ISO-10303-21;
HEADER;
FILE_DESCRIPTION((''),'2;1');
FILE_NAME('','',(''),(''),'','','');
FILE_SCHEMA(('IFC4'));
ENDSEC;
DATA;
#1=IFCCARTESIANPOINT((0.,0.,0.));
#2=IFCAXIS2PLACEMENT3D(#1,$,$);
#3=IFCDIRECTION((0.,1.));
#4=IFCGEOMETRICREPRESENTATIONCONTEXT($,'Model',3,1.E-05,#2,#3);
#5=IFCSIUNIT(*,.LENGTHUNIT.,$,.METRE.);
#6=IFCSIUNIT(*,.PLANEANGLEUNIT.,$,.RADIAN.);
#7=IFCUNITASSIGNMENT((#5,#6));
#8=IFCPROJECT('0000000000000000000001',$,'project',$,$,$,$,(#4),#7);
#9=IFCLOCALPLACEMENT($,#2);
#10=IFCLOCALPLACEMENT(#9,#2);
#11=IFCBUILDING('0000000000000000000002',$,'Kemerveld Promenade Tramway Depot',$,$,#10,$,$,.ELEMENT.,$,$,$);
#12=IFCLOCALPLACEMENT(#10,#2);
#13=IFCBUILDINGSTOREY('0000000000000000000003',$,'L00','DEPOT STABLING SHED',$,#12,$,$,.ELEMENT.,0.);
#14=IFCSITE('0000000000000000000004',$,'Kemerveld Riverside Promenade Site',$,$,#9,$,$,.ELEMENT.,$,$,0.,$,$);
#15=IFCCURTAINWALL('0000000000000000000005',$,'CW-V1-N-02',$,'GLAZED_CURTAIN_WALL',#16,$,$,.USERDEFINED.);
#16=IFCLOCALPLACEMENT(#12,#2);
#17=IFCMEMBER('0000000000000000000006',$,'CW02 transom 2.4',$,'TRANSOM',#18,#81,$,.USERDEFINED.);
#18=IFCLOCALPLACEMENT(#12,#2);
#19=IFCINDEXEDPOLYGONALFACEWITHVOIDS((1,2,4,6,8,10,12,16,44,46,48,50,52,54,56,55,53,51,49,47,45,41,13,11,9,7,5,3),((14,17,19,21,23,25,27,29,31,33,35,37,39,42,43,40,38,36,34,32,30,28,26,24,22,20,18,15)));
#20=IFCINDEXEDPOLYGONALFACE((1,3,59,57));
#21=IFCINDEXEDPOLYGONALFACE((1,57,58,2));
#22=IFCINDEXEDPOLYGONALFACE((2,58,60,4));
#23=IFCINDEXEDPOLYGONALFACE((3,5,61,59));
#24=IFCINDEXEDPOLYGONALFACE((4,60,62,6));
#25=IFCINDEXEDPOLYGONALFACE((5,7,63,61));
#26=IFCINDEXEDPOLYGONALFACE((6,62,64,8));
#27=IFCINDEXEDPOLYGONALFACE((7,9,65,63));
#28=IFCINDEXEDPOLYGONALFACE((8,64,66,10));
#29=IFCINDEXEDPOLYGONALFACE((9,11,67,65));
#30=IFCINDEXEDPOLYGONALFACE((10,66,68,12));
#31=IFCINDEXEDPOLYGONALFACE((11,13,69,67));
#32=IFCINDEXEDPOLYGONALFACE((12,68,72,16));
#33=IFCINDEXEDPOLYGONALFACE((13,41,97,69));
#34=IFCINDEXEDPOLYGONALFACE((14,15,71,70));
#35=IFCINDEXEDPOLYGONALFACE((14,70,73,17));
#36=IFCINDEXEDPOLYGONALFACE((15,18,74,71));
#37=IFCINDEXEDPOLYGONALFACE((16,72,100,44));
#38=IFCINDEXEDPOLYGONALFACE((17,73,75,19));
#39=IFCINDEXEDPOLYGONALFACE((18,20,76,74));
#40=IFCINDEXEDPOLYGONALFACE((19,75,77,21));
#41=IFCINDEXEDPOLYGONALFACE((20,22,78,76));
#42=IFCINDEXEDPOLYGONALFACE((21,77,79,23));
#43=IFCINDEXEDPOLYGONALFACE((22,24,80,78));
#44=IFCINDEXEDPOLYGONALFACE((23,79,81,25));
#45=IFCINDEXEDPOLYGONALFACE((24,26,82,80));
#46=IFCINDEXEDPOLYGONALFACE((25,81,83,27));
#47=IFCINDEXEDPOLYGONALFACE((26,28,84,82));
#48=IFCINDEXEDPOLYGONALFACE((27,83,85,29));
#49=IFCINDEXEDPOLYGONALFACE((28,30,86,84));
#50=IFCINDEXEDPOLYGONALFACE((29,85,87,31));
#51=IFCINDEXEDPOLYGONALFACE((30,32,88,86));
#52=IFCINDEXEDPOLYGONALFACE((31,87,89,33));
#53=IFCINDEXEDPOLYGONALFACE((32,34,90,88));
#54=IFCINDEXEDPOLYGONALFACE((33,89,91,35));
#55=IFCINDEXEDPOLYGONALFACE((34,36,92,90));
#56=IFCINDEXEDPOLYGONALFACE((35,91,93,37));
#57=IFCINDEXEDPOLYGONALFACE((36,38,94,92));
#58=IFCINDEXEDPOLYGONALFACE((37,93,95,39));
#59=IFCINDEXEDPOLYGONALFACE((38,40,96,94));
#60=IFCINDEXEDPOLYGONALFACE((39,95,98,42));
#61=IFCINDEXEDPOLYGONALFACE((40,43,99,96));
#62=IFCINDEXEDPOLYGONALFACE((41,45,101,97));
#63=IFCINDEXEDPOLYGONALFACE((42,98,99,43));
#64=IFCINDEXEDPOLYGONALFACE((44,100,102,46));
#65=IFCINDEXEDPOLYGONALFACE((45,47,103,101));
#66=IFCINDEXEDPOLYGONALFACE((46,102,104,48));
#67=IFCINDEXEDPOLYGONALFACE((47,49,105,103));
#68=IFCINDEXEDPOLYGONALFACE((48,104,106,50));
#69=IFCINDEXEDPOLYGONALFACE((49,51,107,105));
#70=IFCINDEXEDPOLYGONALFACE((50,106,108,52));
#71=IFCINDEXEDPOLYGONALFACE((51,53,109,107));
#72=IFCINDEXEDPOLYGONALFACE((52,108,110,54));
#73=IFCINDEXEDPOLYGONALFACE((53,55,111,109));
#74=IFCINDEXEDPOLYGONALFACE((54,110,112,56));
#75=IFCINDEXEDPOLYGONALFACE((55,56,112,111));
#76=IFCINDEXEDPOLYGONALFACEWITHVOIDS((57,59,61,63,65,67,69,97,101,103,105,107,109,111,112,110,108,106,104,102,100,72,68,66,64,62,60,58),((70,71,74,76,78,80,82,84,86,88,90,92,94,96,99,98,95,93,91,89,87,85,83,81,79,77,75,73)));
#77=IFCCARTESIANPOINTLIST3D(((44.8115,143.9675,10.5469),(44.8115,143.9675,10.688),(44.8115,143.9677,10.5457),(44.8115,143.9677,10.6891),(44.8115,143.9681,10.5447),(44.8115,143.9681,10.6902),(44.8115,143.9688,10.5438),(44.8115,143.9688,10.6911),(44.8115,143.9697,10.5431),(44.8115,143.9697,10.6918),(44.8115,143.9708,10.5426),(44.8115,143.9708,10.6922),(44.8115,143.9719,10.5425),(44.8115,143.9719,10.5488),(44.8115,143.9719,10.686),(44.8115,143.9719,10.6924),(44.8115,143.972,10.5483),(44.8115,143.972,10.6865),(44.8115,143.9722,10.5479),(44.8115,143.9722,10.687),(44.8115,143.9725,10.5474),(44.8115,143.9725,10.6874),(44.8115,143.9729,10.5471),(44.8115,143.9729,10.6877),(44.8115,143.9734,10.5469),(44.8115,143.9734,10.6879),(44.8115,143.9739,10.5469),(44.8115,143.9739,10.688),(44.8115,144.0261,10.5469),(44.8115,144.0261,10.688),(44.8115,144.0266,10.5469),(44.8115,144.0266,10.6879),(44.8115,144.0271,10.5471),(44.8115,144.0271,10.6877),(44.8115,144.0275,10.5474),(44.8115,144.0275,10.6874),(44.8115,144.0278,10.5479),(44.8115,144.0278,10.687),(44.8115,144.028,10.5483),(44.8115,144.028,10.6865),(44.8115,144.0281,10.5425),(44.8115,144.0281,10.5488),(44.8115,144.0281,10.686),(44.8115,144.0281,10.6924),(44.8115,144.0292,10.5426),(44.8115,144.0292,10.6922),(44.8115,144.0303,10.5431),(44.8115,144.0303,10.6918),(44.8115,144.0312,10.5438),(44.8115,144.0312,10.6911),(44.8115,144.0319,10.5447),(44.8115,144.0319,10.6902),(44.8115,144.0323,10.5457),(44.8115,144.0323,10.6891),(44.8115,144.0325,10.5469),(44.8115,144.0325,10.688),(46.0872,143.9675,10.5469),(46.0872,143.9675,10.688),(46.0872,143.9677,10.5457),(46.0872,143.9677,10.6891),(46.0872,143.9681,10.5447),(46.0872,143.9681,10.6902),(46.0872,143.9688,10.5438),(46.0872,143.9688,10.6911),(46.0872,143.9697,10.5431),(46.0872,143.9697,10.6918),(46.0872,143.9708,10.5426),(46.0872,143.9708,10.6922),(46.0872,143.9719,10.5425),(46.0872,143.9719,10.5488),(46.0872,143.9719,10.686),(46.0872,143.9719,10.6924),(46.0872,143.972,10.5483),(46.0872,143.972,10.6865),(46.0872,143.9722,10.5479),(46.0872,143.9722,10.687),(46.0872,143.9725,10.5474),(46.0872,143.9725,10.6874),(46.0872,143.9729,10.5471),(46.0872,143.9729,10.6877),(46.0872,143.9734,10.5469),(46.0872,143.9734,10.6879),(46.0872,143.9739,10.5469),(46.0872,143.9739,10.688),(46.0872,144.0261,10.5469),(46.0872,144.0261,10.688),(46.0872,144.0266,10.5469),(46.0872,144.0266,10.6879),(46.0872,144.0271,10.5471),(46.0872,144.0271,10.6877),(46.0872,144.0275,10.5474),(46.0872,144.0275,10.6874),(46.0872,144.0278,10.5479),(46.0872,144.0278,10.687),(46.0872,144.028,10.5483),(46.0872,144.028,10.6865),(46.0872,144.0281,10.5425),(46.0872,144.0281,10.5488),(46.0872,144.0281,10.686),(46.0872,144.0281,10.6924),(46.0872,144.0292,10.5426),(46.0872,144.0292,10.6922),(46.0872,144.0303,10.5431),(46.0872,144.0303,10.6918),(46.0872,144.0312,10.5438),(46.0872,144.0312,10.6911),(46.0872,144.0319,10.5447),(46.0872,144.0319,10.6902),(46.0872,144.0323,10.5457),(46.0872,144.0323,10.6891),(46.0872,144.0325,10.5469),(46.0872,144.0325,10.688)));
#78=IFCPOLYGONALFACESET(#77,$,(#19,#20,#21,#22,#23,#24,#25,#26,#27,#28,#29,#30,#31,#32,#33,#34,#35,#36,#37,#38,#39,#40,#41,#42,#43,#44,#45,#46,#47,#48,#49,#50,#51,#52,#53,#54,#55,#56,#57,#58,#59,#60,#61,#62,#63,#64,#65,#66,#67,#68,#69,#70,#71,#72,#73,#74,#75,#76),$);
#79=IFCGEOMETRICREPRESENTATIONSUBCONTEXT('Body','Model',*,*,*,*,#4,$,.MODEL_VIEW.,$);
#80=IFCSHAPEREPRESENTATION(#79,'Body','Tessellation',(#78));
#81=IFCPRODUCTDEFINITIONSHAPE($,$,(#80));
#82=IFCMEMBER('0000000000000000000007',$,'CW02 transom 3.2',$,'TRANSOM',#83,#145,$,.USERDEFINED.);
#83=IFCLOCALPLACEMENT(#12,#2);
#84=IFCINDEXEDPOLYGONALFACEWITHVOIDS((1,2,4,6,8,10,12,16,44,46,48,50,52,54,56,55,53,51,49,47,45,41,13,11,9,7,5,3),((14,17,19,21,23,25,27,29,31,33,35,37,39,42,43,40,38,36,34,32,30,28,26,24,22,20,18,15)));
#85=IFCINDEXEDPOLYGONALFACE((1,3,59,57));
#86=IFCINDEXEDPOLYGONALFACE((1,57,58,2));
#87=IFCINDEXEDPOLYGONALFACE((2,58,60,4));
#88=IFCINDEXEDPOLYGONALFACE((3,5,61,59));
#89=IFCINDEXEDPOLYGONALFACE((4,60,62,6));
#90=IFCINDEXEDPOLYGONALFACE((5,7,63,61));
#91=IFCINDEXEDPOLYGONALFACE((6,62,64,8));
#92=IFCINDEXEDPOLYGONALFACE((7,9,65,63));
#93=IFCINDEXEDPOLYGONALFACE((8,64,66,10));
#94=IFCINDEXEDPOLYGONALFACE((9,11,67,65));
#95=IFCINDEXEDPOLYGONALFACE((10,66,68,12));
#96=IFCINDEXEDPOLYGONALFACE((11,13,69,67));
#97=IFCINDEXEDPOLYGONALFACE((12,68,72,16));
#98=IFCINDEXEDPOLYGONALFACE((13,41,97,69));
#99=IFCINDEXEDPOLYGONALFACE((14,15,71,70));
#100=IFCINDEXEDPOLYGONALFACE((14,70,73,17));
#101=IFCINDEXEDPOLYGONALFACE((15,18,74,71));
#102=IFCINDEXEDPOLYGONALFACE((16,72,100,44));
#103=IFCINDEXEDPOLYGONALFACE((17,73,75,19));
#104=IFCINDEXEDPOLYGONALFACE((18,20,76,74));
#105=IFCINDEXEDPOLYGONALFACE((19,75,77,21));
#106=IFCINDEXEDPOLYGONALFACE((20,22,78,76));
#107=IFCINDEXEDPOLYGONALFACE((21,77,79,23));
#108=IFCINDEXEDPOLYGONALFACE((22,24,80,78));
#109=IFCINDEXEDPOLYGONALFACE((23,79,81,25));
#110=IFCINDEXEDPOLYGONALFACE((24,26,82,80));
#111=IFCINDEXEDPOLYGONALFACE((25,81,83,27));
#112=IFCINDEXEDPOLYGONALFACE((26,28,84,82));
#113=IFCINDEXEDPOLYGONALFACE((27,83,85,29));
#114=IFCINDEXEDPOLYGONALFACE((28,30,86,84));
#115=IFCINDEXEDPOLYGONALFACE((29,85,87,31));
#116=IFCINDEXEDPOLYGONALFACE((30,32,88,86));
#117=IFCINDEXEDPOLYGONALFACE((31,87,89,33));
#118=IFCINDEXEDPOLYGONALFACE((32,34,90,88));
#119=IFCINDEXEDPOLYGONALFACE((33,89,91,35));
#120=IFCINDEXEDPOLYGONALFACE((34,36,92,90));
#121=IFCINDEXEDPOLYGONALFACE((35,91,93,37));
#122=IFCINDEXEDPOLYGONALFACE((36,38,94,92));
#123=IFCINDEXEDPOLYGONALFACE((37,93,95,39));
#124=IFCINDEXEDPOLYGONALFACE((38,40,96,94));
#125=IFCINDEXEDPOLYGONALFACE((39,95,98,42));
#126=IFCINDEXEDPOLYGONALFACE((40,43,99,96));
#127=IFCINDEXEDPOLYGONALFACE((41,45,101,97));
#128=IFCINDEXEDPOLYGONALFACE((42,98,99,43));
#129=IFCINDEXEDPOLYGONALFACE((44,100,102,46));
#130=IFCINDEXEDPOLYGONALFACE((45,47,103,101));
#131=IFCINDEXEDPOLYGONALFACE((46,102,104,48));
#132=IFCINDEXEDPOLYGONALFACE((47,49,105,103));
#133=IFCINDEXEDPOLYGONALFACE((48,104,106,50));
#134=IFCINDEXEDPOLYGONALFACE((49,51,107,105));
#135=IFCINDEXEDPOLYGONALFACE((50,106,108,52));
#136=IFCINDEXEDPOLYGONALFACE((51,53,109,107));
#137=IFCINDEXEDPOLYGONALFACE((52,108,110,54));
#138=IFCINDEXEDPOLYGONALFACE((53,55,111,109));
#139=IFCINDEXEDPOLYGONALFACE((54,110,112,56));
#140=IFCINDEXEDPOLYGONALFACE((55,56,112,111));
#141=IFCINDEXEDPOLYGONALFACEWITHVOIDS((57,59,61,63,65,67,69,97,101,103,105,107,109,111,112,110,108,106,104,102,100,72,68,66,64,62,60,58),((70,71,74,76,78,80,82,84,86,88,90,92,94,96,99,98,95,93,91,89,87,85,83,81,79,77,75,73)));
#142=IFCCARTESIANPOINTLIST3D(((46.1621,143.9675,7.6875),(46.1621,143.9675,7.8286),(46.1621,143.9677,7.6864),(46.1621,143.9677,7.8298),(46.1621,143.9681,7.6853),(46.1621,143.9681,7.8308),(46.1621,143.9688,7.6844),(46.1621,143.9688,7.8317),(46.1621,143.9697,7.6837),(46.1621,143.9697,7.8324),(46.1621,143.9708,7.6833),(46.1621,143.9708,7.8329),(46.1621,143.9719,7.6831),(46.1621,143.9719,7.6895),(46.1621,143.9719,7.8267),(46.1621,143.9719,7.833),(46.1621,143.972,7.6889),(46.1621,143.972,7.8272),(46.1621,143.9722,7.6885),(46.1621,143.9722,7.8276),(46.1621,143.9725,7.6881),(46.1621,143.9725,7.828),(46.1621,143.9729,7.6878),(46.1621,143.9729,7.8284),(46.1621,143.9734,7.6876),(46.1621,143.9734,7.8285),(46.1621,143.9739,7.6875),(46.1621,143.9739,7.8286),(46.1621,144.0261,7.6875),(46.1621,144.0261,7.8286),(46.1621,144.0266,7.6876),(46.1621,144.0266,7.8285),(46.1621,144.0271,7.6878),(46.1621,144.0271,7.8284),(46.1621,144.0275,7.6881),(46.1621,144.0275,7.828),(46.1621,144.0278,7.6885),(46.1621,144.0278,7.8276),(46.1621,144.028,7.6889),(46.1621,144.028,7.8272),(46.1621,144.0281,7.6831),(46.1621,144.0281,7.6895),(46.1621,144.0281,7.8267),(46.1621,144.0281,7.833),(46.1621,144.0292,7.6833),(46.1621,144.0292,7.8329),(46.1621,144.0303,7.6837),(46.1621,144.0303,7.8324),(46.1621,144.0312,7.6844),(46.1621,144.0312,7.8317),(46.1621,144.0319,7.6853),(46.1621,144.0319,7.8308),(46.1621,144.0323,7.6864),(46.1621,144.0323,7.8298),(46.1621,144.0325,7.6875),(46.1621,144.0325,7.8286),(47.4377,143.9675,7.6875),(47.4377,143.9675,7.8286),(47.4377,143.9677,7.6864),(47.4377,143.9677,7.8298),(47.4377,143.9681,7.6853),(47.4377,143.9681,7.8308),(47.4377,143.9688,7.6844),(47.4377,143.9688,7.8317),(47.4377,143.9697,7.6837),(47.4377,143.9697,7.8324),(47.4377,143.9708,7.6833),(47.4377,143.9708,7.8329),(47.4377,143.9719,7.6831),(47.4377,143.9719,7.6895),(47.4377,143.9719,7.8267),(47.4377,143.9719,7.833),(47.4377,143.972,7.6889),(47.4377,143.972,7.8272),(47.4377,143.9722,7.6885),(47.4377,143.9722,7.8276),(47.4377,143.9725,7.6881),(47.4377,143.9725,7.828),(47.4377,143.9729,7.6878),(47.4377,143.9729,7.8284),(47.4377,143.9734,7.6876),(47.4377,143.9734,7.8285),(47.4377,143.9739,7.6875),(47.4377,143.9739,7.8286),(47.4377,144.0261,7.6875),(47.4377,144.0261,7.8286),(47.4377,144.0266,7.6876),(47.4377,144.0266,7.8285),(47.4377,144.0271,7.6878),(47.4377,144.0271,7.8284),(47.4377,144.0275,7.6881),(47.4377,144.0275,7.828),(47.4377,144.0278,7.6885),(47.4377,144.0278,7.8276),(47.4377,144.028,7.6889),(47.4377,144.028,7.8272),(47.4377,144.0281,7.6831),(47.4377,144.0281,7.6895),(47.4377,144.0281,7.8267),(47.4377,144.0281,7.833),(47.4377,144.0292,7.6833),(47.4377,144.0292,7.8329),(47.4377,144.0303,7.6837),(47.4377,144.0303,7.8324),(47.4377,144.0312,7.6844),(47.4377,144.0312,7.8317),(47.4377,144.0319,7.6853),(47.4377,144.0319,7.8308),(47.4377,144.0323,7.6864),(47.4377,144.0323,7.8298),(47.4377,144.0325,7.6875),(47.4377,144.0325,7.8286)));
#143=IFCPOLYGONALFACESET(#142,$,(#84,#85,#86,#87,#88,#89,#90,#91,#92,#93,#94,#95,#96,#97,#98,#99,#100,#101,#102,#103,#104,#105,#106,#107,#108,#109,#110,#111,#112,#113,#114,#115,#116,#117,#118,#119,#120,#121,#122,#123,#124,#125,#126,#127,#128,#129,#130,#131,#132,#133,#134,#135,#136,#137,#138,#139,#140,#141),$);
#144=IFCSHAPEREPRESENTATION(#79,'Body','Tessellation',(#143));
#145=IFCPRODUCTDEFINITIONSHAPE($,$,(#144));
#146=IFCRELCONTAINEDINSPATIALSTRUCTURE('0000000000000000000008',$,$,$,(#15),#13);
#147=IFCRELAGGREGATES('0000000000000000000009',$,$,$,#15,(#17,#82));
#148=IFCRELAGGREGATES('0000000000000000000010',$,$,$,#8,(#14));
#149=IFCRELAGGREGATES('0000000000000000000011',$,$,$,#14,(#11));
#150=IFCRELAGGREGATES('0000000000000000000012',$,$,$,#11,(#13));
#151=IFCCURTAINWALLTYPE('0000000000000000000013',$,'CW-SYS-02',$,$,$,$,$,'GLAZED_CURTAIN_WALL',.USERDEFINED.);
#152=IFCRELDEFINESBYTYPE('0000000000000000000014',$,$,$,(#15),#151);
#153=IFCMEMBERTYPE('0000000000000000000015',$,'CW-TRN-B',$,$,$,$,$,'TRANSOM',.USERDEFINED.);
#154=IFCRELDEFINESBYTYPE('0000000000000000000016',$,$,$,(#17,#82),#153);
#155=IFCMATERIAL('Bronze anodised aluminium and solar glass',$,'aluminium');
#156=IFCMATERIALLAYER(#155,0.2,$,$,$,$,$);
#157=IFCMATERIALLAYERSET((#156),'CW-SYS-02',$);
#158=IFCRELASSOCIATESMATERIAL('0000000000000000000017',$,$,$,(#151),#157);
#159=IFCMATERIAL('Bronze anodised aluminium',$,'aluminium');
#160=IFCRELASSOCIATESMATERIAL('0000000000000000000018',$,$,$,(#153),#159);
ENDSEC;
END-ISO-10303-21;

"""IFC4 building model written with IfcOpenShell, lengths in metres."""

from ifc_helpers import new_model, si_unit, direction, frame, origin, origin_2d, place, context, subcontext, project, spatial, hollow_rectangle, extrude, material, layer, layer_set, material_profile, profile_set, type_object, element, aggregate, save


model = new_model("IFC4")

# Units and contexts
model_context = context("Model", 3, precision=1e-05, world=origin(), true_north=direction((0.0, 1.0)))
body_context = subcontext(model_context, "Body", "Model", "MODEL_VIEW")
ifc_project = project(units=[si_unit("LENGTHUNIT", "METRE"), si_unit("PLANEANGLEUNIT", "RADIAN")], contexts=[model_context])

# Site, building, storey
site_placement = place(None, origin())
site = spatial("IfcSite", under=ifc_project, at=site_placement, Name="Kemerveld Riverside Promenade Site", CompositionType="ELEMENT", RefElevation=0.0)
building_placement = place(site_placement, origin())
building = spatial("IfcBuilding", under=site, at=building_placement, Name="Kemerveld Promenade Tramway Depot", CompositionType="ELEMENT")
storey_placement = place(building_placement, origin())
storey = spatial("IfcBuildingStorey", under=building, at=storey_placement, Name="L00", Description="DEPOT STABLING SHED", CompositionType="ELEMENT", Elevation=0.0)

# Curtain wall, members
ifc_material_1 = material(Name="Bronze anodised aluminium and solar glass", Category="aluminium")
ifc_material_2 = material(Name="Bronze anodised aluminium", Category="aluminium")
ifc_layer_1 = layer(ifc_material_1, 0.2)
ifc_layer_set_1 = layer_set([ifc_layer_1], Name="CW-SYS-02")
curtain_wall_type_1 = type_object("IfcCurtainWallType", Name="CW-SYS-02", ElementType="GLAZED_CURTAIN_WALL", PredefinedType="USERDEFINED", material=ifc_layer_set_1)
curtain_wall_1_placement = place(storey_placement, origin())
curtain_wall_1 = element("IfcCurtainWall", 1, at=curtain_wall_1_placement, inside=storey, type_object=curtain_wall_type_1, Name="CW-V1-N-02", ObjectType="GLAZED_CURTAIN_WALL", PredefinedType="USERDEFINED")
ifc_material_profile_1 = material_profile(ifc_material_2, hollow_rectangle(XDim=0.0649, YDim=0.1499, WallThickness=0.0044, InnerFilletRadius=0.002, OuterFilletRadius=0.0044, at=origin_2d()), Name="CW-TRN-150x65")
ifc_profile_set_1 = profile_set([ifc_material_profile_1], Name="Bronze anodised aluminium")
member_type_1 = type_object("IfcMemberType", Name="CW-TRN-B", ElementType="TRANSOM", PredefinedType="USERDEFINED", material=ifc_profile_set_1)
member_1_placement = place(storey_placement, frame((44.8115, 144.0, 10.6174), z_axis=(1.0, 0.0, 0.0), x_axis=(0.0, 1.0, 0.0)))
member_1 = element("IfcMember", 2, at=member_1_placement, type_object=member_type_1, Name="CW02 transom 2.4", ObjectType="TRANSOM", PredefinedType="USERDEFINED", context=body_context, shape_type="SweptSolid", body=[
    extrude(hollow_rectangle(XDim=0.0649, YDim=0.1499, WallThickness=0.0044, InnerFilletRadius=0.002, OuterFilletRadius=0.0044, at=origin_2d()), origin(), (0.0, 0.0, 1.0), 1.2756),
])
member_2_placement = place(storey_placement, frame((46.1621, 144.0, 7.7581), z_axis=(1.0, 0.0, 0.0), x_axis=(0.0, 1.0, 0.0)))
member_2 = element("IfcMember", 3, at=member_2_placement, type_object=member_type_1, Name="CW02 transom 3.2", ObjectType="TRANSOM", PredefinedType="USERDEFINED", context=body_context, shape_type="SweptSolid", body=[
    extrude(hollow_rectangle(XDim=0.0649, YDim=0.1499, WallThickness=0.0044, InnerFilletRadius=0.002, OuterFilletRadius=0.0044, at=origin_2d()), origin(), (0.0, 0.0, 1.0), 1.2756),
])

aggregate(curtain_wall_1, [member_1, member_2])

save(model, "model.ifc")
